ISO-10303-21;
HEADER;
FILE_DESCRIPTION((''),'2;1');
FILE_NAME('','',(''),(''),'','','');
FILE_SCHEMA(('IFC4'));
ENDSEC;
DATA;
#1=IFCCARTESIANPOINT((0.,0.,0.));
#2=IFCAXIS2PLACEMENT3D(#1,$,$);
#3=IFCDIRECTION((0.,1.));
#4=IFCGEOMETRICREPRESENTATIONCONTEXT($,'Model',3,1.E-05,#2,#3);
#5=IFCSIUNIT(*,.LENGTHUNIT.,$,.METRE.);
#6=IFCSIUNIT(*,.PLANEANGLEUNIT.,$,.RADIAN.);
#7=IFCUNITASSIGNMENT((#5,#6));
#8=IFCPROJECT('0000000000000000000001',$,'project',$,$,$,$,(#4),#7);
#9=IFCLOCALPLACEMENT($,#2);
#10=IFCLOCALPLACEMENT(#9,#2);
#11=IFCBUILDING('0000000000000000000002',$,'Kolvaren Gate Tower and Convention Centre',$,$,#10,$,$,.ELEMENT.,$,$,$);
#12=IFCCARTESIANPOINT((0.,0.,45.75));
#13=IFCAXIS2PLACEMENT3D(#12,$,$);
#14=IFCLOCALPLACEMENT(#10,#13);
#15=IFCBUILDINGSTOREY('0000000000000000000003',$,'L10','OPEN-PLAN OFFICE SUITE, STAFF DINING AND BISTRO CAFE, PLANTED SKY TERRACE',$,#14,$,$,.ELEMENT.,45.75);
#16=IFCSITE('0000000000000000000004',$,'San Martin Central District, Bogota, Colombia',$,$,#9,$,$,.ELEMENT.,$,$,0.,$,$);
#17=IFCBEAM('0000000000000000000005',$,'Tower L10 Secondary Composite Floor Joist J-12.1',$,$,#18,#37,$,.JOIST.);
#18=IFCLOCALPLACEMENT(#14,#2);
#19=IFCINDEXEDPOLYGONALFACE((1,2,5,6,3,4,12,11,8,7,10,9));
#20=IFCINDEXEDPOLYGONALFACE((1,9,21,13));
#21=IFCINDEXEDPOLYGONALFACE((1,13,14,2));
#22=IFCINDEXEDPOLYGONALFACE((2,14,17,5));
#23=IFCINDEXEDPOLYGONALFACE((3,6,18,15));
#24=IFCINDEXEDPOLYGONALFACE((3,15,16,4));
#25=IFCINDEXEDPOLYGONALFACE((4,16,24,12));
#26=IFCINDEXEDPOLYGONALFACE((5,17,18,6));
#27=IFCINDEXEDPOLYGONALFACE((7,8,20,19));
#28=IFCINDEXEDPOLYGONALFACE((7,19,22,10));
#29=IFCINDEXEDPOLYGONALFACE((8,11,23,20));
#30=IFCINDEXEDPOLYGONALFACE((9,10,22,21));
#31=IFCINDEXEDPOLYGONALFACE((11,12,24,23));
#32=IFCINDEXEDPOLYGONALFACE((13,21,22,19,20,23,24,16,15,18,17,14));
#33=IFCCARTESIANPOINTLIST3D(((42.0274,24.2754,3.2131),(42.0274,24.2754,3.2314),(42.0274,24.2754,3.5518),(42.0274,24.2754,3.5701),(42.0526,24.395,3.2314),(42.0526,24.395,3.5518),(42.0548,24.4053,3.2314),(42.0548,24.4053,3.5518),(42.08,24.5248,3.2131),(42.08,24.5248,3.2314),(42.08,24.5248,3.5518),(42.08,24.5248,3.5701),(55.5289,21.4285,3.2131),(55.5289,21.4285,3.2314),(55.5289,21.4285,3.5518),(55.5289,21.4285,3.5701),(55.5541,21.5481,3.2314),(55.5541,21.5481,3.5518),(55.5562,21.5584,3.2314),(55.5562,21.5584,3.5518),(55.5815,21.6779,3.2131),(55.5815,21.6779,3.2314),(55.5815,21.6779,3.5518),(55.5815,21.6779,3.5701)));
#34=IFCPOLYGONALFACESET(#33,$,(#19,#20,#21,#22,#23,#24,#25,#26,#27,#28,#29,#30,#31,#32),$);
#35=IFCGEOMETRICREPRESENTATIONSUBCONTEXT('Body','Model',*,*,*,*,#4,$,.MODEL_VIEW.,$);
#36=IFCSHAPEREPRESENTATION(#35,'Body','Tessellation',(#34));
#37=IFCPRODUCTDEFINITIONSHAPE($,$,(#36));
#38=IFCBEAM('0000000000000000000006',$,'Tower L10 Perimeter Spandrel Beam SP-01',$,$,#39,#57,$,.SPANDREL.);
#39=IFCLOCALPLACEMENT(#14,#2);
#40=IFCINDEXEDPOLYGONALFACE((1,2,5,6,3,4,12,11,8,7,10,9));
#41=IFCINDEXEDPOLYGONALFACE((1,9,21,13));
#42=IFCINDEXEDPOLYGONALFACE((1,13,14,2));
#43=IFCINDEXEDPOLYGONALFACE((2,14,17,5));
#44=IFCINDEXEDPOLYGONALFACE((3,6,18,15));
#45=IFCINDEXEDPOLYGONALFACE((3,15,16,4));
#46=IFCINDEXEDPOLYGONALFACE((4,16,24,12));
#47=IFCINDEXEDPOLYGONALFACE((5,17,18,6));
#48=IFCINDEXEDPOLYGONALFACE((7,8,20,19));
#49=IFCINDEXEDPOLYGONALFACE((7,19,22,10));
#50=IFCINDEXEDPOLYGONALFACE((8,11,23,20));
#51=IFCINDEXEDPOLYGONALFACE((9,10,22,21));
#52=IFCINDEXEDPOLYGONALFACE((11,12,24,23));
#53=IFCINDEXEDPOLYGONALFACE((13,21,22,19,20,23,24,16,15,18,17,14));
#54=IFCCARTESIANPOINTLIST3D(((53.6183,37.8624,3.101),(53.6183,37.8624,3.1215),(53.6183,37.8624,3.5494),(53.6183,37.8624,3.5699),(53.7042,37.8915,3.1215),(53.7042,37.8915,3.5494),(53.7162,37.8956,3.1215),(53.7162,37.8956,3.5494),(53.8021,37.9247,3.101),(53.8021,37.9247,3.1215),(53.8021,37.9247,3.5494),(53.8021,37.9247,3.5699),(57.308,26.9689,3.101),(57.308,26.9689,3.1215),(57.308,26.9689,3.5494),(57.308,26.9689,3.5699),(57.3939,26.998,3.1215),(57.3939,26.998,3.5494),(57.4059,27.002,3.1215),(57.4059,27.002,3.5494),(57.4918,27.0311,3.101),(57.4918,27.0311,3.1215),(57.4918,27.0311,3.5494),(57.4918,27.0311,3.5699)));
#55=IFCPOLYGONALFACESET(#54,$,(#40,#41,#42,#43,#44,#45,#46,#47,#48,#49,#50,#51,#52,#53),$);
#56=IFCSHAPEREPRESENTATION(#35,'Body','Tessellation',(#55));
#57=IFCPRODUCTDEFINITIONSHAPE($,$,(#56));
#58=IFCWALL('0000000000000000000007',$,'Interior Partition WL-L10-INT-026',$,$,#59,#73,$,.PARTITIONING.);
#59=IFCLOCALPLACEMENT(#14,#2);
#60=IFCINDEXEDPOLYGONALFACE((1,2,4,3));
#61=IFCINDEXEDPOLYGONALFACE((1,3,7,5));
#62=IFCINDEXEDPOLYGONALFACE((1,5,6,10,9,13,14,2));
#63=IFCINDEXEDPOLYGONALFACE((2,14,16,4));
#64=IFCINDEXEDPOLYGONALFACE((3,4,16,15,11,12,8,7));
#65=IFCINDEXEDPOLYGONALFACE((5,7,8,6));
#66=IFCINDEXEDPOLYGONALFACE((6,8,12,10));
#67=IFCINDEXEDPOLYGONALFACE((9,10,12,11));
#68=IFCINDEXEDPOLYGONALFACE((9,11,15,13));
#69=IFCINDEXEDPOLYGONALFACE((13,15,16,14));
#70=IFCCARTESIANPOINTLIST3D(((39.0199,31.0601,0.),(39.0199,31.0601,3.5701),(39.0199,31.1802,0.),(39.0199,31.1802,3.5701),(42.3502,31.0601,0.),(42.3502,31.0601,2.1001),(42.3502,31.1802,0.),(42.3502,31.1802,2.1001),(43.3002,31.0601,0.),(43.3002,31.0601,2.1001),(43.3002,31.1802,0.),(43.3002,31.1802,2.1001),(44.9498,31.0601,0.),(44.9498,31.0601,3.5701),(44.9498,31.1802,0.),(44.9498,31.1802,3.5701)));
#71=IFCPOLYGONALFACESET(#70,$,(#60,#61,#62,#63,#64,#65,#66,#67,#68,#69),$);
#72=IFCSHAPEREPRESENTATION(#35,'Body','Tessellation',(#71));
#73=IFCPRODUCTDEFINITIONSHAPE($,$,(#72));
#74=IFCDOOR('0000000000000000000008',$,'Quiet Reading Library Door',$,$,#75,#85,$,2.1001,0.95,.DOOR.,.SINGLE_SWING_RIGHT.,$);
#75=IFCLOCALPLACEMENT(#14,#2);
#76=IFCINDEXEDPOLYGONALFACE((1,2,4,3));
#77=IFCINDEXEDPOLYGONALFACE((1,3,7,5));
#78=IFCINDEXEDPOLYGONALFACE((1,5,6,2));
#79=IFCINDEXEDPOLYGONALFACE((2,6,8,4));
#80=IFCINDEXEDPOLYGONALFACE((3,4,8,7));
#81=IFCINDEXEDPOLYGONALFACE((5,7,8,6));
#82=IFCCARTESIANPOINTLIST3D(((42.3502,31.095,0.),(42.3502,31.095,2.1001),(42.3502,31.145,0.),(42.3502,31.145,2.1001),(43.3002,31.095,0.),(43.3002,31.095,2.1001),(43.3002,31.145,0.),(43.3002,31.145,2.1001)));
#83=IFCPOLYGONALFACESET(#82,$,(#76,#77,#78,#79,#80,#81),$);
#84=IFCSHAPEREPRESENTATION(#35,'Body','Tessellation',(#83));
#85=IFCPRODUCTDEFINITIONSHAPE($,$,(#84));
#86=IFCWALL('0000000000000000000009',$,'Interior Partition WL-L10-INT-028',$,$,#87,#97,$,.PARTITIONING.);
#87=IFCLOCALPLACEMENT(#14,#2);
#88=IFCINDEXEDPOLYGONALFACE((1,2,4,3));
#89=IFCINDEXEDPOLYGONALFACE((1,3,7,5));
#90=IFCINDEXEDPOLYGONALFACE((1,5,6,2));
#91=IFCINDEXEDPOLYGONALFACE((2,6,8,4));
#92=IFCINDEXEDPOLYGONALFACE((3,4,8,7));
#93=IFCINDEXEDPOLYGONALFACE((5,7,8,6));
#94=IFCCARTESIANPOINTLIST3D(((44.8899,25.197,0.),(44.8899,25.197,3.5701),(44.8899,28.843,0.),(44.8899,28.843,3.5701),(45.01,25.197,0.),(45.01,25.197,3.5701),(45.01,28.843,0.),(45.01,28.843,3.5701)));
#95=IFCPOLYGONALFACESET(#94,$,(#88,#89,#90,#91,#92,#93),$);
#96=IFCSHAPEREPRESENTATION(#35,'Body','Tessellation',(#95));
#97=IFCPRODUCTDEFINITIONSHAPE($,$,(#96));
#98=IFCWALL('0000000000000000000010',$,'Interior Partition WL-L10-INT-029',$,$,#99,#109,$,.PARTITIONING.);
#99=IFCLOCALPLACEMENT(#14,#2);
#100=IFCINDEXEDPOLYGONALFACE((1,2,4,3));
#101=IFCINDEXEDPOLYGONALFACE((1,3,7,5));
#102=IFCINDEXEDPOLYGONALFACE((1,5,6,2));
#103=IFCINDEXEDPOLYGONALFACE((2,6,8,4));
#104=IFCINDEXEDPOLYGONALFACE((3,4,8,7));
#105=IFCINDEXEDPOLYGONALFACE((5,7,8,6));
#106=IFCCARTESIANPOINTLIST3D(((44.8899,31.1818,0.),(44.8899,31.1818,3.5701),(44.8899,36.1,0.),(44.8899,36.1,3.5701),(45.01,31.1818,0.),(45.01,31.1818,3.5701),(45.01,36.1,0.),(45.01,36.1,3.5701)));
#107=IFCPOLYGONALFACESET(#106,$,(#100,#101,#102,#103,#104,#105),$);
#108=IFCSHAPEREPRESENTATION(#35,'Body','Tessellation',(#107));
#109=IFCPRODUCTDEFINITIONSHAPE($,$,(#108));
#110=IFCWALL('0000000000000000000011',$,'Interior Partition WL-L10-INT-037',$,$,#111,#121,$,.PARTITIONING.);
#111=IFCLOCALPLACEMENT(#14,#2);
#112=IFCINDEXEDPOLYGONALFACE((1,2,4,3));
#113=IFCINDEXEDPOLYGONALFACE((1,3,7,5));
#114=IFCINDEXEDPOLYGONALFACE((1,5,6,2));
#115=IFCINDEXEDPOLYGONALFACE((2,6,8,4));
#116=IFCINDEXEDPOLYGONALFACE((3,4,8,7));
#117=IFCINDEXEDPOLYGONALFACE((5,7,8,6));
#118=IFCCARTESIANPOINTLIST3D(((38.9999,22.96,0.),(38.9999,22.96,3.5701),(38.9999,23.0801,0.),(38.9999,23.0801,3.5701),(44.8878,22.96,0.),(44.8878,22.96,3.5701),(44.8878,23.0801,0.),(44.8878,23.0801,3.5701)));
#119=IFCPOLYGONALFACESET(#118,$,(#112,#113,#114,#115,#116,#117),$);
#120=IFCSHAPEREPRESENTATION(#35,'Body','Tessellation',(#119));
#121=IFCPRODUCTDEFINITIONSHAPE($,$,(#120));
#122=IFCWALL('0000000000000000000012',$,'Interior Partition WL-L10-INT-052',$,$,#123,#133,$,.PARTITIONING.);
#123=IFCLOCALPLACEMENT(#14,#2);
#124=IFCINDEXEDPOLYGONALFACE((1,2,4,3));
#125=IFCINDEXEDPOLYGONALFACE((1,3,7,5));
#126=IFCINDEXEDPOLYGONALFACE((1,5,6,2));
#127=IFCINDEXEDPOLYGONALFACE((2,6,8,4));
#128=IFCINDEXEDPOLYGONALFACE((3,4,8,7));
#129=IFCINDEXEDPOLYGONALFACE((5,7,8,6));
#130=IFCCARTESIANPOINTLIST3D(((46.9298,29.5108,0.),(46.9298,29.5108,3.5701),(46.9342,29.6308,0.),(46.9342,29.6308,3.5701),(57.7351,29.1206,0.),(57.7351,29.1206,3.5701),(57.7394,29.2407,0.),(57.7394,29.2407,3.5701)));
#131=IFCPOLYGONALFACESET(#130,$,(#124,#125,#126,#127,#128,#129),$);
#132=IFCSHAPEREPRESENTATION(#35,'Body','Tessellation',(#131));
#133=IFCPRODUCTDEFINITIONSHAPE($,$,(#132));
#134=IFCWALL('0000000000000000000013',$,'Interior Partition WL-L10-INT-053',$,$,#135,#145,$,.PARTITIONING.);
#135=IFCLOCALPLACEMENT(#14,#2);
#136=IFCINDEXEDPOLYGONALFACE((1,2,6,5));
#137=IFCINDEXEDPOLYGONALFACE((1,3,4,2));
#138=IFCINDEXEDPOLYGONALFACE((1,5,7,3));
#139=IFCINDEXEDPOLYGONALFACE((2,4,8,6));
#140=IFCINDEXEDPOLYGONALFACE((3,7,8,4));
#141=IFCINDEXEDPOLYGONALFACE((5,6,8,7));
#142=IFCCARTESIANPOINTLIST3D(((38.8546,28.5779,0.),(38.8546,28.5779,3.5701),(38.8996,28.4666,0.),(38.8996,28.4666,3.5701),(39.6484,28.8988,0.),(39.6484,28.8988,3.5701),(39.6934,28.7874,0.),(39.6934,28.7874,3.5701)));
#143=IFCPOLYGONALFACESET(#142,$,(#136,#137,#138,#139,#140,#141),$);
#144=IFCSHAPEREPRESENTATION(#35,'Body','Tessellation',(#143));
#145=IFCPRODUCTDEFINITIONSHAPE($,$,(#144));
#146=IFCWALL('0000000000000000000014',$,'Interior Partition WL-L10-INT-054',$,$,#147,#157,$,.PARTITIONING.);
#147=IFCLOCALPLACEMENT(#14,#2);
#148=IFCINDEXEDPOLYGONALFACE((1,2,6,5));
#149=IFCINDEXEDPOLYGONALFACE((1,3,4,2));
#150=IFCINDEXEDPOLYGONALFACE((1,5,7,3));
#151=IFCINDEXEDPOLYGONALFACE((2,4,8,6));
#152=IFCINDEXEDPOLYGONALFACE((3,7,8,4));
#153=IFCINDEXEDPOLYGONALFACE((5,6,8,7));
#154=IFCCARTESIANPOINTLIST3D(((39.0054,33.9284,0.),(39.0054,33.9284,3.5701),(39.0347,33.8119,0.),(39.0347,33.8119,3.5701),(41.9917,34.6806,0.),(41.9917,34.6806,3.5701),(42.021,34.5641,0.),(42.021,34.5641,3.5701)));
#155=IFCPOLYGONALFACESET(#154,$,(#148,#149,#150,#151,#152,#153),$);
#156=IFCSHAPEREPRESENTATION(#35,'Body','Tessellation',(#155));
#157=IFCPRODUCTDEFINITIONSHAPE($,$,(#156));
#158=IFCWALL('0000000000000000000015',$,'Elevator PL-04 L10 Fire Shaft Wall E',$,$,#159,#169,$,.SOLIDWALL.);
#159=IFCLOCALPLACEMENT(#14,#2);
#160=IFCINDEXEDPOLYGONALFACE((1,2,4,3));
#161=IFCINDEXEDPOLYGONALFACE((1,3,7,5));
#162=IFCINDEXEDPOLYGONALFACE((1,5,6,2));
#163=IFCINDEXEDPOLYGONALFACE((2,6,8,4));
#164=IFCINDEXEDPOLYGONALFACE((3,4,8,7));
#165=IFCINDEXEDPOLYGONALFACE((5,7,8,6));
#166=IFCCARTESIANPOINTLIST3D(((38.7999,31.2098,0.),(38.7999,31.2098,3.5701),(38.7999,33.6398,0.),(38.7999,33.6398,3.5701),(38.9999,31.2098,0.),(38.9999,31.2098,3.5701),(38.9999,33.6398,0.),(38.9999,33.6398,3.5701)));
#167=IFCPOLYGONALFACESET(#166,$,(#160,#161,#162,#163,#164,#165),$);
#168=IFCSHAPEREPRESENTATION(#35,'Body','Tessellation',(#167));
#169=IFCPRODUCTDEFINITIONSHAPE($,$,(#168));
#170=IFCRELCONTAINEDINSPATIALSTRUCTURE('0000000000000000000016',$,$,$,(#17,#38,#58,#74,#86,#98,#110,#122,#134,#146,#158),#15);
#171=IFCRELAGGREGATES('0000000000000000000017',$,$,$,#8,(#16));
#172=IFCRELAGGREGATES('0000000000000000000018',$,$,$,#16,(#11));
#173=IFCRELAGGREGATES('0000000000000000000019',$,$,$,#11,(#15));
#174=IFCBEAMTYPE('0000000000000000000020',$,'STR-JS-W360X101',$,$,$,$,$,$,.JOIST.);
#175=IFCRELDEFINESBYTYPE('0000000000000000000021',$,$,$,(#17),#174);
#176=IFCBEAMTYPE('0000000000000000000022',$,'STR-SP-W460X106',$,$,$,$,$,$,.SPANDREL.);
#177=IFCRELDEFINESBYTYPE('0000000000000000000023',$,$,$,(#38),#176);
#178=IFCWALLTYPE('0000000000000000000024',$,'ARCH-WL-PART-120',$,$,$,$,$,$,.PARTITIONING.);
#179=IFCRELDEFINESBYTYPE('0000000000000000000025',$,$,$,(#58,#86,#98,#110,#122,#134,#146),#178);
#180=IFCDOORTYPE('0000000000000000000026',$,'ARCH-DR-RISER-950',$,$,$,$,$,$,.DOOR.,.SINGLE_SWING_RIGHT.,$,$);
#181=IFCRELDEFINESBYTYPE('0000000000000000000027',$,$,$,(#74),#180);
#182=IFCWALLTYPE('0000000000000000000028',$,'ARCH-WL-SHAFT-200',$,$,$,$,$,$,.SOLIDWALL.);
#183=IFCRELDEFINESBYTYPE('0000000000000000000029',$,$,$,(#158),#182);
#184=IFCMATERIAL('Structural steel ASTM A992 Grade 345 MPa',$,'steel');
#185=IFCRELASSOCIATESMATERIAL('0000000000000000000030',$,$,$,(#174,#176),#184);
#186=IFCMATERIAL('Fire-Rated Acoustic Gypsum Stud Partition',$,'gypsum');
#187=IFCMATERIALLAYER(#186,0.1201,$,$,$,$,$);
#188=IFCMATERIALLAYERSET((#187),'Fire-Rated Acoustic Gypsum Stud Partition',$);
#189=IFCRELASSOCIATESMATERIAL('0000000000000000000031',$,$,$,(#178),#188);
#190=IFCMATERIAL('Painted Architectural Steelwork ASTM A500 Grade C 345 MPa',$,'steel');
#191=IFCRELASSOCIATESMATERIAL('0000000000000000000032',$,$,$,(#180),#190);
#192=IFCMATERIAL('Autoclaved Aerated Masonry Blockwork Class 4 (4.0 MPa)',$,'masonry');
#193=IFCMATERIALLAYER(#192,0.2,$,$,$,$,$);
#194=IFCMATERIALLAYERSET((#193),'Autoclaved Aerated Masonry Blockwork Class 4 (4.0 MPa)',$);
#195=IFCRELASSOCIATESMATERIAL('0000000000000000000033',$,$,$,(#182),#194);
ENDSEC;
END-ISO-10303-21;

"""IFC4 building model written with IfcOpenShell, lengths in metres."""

from ifc_helpers import new_model, si_unit, direction, frame, frame_2d, origin, origin_2d, place, context, subcontext, project, spatial, rectangle, i_section, extrude, material, layer, layer_set, material_profile, profile_set, type_object, element, fill, save


model = new_model("IFC4")

# Units and contexts
model_context = context("Model", 3, precision=1e-05, world=origin(), true_north=direction((0.0, 1.0)))
body_context = subcontext(model_context, "Body", "Model", "MODEL_VIEW")
ifc_project = project(units=[si_unit("LENGTHUNIT", "METRE"), si_unit("PLANEANGLEUNIT", "RADIAN")], contexts=[model_context])

# Site, building, storey
site_placement = place(None, origin())
site = spatial("IfcSite", under=ifc_project, at=site_placement, Name="San Martin Central District, Bogota, Colombia", CompositionType="ELEMENT", RefElevation=0.0)
building_placement = place(site_placement, origin())
building = spatial("IfcBuilding", under=site, at=building_placement, Name="Kolvaren Gate Tower and Convention Centre", CompositionType="ELEMENT")
storey_placement = place(building_placement, frame((0.0, 0.0, 45.75)))
storey = spatial("IfcBuildingStorey", under=building, at=storey_placement, Name="L10", Description="OPEN-PLAN OFFICE SUITE, STAFF DINING AND BISTRO CAFE, PLANTED SKY TERRACE", CompositionType="ELEMENT", Elevation=45.75)

# Beams
ifc_material_1 = material(Name="Structural steel ASTM A992 Grade 345 MPa", Category="steel")
ifc_material_profile_1 = material_profile(ifc_material_1, i_section(OverallWidth=0.2549, OverallDepth=0.3569, WebThickness=0.0105, FlangeThickness=0.0183, at=origin_2d()), Name="W360X101")
ifc_profile_set_1 = profile_set([ifc_material_profile_1], Name="Structural steel ASTM A992 Grade 345 MPa")
beam_type_1 = type_object("IfcBeamType", Name="STR-JS-W360X101", PredefinedType="JOIST", material=ifc_profile_set_1)
beam_1_placement = place(storey_placement, frame((42.0537, 24.4001, 3.3916), z_axis=(0.978484, -0.206323, 0.0), x_axis=(0.206323, 0.978484, 0.0)))
element("IfcBeam", 1, at=beam_1_placement, inside=storey, type_object=beam_type_1, Name="Tower L10 Secondary Composite Floor Joist J-12.1", PredefinedType="JOIST", context=body_context, shape_type="SweptSolid", body=[
    extrude(i_section(OverallWidth=0.2549, OverallDepth=0.3569, WebThickness=0.0105, FlangeThickness=0.0183, at=origin_2d()), origin(), (0.0, 0.0, 1.0), 13.7983),
])
ifc_material_profile_2 = material_profile(ifc_material_1, i_section(OverallWidth=0.1941, OverallDepth=0.469, WebThickness=0.0127, FlangeThickness=0.0205, at=origin_2d()), Name="W460X106")
ifc_profile_set_2 = profile_set([ifc_material_profile_2], Name="Structural steel ASTM A992 Grade 345 MPa")
beam_type_2 = type_object("IfcBeamType", Name="STR-SP-W460X106", PredefinedType="SPANDREL", material=ifc_profile_set_2)
beam_2_placement = place(storey_placement, frame((57.3999, 27.0, 3.3354), z_axis=(-0.320803, 0.947146, 0.0), x_axis=(-0.947146, -0.320803, 0.0)))
element("IfcBeam", 2, at=beam_2_placement, inside=storey, type_object=beam_type_2, Name="Tower L10 Perimeter Spandrel Beam SP-01", PredefinedType="SPANDREL", context=body_context, shape_type="SweptSolid", body=[
    extrude(i_section(OverallWidth=0.1941, OverallDepth=0.469, WebThickness=0.0127, FlangeThickness=0.0205, at=origin_2d()), origin(), (0.0, 0.0, 1.0), 11.5015),
])

# Wall, opening, door
ifc_material_2 = material(Name="Fire-Rated Acoustic Gypsum Stud Partition", Category="gypsum")
ifc_layer_1 = layer(ifc_material_2, 0.1201)
ifc_layer_set_1 = layer_set([ifc_layer_1], Name="Fire-Rated Acoustic Gypsum Stud Partition")
wall_type_1 = type_object("IfcWallType", Name="ARCH-WL-PART-120", PredefinedType="PARTITIONING", material=ifc_layer_set_1)
wall_1_placement = place(storey_placement, frame((39.02, 31.1201, 0.0), z_axis=(0.0, 0.0, 1.0), x_axis=(1.0, 0.0, 0.0)))
wall_1 = element("IfcWall", 3, at=wall_1_placement, inside=storey, type_object=wall_type_1, Name="Interior Partition WL-L10-INT-026", PredefinedType="PARTITIONING", context=body_context, shape_type="SweptSolid", body=[
    extrude(rectangle(XDim=5.9299, YDim=0.1201, at=frame_2d((2.9648, 0.0))), origin(), (0.0, 0.0, 1.0), 3.5701),
])
opening_1_placement = place(wall_1_placement, frame((3.3301, 0.0, 0.0)))
opening_1 = element("IfcOpeningElement", 4, at=opening_1_placement, cuts=wall_1, PredefinedType="OPENING", context=body_context, shape_type="SweptSolid", body=[
    extrude(rectangle(XDim=0.95, YDim=2.1001, at=frame_2d((0.4751, 1.05))), frame((0.0, 0.0701, 0.0), z_axis=(0.0, -1.0, 0.0), x_axis=(1.0, 0.0, 0.0)), (0.0, 0.0, 1.0), 0.1401),
])
ifc_material_3 = material(Name="Painted Architectural Steelwork ASTM A500 Grade C 345 MPa", Category="steel")
door_type = type_object("IfcDoorType", Name="ARCH-DR-RISER-950", OperationType="SINGLE_SWING_RIGHT", PredefinedType="DOOR", material=ifc_material_3)
door_placement = place(opening_1_placement, origin())
door = element("IfcDoor", 5, at=door_placement, inside=storey, type_object=door_type, Name="Quiet Reading Library Door", OperationType="SINGLE_SWING_RIGHT", OverallHeight=2.1001, OverallWidth=0.95, PredefinedType="DOOR", context=body_context, shape_type="SweptSolid", body=[
    extrude(rectangle(XDim=0.95, YDim=2.1001, at=frame_2d((0.4751, 1.05))), frame((0.0, 0.0249, 0.0), z_axis=(0.0, -1.0, 0.0), x_axis=(1.0, 0.0, 0.0)), (0.0, 0.0, 1.0), 0.05),
])
fill(opening_1, door)

# Walls
wall_2_placement = place(storey_placement, frame((44.95, 25.197, 0.0), z_axis=(0.0, 0.0, 1.0), x_axis=(0.0, 1.0, 0.0)))
element("IfcWall", 6, at=wall_2_placement, inside=storey, type_object=wall_type_1, Name="Interior Partition WL-L10-INT-028", PredefinedType="PARTITIONING", context=body_context, shape_type="SweptSolid", body=[
    extrude(rectangle(XDim=3.646, YDim=0.1201, at=frame_2d((1.823, 0.0))), origin(), (0.0, 0.0, 1.0), 3.5701),
])
wall_3_placement = place(storey_placement, frame((44.95, 31.1819, 0.0), z_axis=(0.0, 0.0, 1.0), x_axis=(0.0, 1.0, 0.0)))
element("IfcWall", 7, at=wall_3_placement, inside=storey, type_object=wall_type_1, Name="Interior Partition WL-L10-INT-029", PredefinedType="PARTITIONING", context=body_context, shape_type="SweptSolid", body=[
    extrude(rectangle(XDim=4.9182, YDim=0.1201, at=frame_2d((2.459, 0.0))), origin(), (0.0, 0.0, 1.0), 3.5701),
])
wall_4_placement = place(storey_placement, frame((39.0, 23.02, 0.0), z_axis=(0.0, 0.0, 1.0), x_axis=(1.0, 0.0, 0.0)))
element("IfcWall", 8, at=wall_4_placement, inside=storey, type_object=wall_type_1, Name="Interior Partition WL-L10-INT-037", PredefinedType="PARTITIONING", context=body_context, shape_type="SweptSolid", body=[
    extrude(rectangle(XDim=5.8879, YDim=0.1201, at=frame_2d((2.9438, 0.0))), origin(), (0.0, 0.0, 1.0), 3.5701),
])
wall_5_placement = place(storey_placement, frame((46.9319, 29.5708, 0.0), z_axis=(0.0, 0.0, 1.0), x_axis=(0.999349, -0.036083, 0.0)))
element("IfcWall", 9, at=wall_5_placement, inside=storey, type_object=wall_type_1, Name="Interior Partition WL-L10-INT-052", PredefinedType="PARTITIONING", context=body_context, shape_type="SweptSolid", body=[
    extrude(rectangle(XDim=10.8123, YDim=0.1201, at=frame_2d((5.4062, 0.0))), origin(), (0.0, 0.0, 1.0), 3.5701),
])
wall_6_placement = place(storey_placement, frame((38.877, 28.5222, 0.0), z_axis=(0.0, 0.0, 1.0), x_axis=(0.927133, 0.374732, 0.0)))
element("IfcWall", 10, at=wall_6_placement, inside=storey, type_object=wall_type_1, Name="Interior Partition WL-L10-INT-053", PredefinedType="PARTITIONING", context=body_context, shape_type="SweptSolid", body=[
    extrude(rectangle(XDim=0.8562, YDim=0.1201, at=frame_2d((0.4282, 0.0))), origin(), (0.0, 0.0, 1.0), 3.5701),
])
wall_7_placement = place(storey_placement, frame((39.02, 33.8701, 0.0), z_axis=(0.0, 0.0, 1.0), x_axis=(0.969712, 0.244251, 0.0)))
element("IfcWall", 11, at=wall_7_placement, inside=storey, type_object=wall_type_1, Name="Interior Partition WL-L10-INT-054", PredefinedType="PARTITIONING", context=body_context, shape_type="SweptSolid", body=[
    extrude(rectangle(XDim=3.0796, YDim=0.1201, at=frame_2d((1.5398, 0.0))), origin(), (0.0, 0.0, 1.0), 3.5701),
])
ifc_material_4 = material(Name="Autoclaved Aerated Masonry Blockwork Class 4 (4.0 MPa)", Category="masonry")
ifc_layer_2 = layer(ifc_material_4, 0.2)
ifc_layer_set_2 = layer_set([ifc_layer_2], Name="Autoclaved Aerated Masonry Blockwork Class 4 (4.0 MPa)")
wall_type_2 = type_object("IfcWallType", Name="ARCH-WL-SHAFT-200", PredefinedType="SOLIDWALL", material=ifc_layer_set_2)
wall_8_placement = place(storey_placement, frame((38.8999, 31.21, 0.0), z_axis=(0.0, 0.0, 1.0), x_axis=(0.0, 1.0, 0.0)))
element("IfcWall", 12, at=wall_8_placement, inside=storey, type_object=wall_type_2, Name="Elevator PL-04 L10 Fire Shaft Wall E", PredefinedType="SOLIDWALL", context=body_context, shape_type="SweptSolid", body=[
    extrude(rectangle(XDim=2.4299, YDim=0.2, at=frame_2d((1.2148, 0.0))), origin(), (0.0, 0.0, 1.0), 3.5701),
])

save(model, "model.ifc")
